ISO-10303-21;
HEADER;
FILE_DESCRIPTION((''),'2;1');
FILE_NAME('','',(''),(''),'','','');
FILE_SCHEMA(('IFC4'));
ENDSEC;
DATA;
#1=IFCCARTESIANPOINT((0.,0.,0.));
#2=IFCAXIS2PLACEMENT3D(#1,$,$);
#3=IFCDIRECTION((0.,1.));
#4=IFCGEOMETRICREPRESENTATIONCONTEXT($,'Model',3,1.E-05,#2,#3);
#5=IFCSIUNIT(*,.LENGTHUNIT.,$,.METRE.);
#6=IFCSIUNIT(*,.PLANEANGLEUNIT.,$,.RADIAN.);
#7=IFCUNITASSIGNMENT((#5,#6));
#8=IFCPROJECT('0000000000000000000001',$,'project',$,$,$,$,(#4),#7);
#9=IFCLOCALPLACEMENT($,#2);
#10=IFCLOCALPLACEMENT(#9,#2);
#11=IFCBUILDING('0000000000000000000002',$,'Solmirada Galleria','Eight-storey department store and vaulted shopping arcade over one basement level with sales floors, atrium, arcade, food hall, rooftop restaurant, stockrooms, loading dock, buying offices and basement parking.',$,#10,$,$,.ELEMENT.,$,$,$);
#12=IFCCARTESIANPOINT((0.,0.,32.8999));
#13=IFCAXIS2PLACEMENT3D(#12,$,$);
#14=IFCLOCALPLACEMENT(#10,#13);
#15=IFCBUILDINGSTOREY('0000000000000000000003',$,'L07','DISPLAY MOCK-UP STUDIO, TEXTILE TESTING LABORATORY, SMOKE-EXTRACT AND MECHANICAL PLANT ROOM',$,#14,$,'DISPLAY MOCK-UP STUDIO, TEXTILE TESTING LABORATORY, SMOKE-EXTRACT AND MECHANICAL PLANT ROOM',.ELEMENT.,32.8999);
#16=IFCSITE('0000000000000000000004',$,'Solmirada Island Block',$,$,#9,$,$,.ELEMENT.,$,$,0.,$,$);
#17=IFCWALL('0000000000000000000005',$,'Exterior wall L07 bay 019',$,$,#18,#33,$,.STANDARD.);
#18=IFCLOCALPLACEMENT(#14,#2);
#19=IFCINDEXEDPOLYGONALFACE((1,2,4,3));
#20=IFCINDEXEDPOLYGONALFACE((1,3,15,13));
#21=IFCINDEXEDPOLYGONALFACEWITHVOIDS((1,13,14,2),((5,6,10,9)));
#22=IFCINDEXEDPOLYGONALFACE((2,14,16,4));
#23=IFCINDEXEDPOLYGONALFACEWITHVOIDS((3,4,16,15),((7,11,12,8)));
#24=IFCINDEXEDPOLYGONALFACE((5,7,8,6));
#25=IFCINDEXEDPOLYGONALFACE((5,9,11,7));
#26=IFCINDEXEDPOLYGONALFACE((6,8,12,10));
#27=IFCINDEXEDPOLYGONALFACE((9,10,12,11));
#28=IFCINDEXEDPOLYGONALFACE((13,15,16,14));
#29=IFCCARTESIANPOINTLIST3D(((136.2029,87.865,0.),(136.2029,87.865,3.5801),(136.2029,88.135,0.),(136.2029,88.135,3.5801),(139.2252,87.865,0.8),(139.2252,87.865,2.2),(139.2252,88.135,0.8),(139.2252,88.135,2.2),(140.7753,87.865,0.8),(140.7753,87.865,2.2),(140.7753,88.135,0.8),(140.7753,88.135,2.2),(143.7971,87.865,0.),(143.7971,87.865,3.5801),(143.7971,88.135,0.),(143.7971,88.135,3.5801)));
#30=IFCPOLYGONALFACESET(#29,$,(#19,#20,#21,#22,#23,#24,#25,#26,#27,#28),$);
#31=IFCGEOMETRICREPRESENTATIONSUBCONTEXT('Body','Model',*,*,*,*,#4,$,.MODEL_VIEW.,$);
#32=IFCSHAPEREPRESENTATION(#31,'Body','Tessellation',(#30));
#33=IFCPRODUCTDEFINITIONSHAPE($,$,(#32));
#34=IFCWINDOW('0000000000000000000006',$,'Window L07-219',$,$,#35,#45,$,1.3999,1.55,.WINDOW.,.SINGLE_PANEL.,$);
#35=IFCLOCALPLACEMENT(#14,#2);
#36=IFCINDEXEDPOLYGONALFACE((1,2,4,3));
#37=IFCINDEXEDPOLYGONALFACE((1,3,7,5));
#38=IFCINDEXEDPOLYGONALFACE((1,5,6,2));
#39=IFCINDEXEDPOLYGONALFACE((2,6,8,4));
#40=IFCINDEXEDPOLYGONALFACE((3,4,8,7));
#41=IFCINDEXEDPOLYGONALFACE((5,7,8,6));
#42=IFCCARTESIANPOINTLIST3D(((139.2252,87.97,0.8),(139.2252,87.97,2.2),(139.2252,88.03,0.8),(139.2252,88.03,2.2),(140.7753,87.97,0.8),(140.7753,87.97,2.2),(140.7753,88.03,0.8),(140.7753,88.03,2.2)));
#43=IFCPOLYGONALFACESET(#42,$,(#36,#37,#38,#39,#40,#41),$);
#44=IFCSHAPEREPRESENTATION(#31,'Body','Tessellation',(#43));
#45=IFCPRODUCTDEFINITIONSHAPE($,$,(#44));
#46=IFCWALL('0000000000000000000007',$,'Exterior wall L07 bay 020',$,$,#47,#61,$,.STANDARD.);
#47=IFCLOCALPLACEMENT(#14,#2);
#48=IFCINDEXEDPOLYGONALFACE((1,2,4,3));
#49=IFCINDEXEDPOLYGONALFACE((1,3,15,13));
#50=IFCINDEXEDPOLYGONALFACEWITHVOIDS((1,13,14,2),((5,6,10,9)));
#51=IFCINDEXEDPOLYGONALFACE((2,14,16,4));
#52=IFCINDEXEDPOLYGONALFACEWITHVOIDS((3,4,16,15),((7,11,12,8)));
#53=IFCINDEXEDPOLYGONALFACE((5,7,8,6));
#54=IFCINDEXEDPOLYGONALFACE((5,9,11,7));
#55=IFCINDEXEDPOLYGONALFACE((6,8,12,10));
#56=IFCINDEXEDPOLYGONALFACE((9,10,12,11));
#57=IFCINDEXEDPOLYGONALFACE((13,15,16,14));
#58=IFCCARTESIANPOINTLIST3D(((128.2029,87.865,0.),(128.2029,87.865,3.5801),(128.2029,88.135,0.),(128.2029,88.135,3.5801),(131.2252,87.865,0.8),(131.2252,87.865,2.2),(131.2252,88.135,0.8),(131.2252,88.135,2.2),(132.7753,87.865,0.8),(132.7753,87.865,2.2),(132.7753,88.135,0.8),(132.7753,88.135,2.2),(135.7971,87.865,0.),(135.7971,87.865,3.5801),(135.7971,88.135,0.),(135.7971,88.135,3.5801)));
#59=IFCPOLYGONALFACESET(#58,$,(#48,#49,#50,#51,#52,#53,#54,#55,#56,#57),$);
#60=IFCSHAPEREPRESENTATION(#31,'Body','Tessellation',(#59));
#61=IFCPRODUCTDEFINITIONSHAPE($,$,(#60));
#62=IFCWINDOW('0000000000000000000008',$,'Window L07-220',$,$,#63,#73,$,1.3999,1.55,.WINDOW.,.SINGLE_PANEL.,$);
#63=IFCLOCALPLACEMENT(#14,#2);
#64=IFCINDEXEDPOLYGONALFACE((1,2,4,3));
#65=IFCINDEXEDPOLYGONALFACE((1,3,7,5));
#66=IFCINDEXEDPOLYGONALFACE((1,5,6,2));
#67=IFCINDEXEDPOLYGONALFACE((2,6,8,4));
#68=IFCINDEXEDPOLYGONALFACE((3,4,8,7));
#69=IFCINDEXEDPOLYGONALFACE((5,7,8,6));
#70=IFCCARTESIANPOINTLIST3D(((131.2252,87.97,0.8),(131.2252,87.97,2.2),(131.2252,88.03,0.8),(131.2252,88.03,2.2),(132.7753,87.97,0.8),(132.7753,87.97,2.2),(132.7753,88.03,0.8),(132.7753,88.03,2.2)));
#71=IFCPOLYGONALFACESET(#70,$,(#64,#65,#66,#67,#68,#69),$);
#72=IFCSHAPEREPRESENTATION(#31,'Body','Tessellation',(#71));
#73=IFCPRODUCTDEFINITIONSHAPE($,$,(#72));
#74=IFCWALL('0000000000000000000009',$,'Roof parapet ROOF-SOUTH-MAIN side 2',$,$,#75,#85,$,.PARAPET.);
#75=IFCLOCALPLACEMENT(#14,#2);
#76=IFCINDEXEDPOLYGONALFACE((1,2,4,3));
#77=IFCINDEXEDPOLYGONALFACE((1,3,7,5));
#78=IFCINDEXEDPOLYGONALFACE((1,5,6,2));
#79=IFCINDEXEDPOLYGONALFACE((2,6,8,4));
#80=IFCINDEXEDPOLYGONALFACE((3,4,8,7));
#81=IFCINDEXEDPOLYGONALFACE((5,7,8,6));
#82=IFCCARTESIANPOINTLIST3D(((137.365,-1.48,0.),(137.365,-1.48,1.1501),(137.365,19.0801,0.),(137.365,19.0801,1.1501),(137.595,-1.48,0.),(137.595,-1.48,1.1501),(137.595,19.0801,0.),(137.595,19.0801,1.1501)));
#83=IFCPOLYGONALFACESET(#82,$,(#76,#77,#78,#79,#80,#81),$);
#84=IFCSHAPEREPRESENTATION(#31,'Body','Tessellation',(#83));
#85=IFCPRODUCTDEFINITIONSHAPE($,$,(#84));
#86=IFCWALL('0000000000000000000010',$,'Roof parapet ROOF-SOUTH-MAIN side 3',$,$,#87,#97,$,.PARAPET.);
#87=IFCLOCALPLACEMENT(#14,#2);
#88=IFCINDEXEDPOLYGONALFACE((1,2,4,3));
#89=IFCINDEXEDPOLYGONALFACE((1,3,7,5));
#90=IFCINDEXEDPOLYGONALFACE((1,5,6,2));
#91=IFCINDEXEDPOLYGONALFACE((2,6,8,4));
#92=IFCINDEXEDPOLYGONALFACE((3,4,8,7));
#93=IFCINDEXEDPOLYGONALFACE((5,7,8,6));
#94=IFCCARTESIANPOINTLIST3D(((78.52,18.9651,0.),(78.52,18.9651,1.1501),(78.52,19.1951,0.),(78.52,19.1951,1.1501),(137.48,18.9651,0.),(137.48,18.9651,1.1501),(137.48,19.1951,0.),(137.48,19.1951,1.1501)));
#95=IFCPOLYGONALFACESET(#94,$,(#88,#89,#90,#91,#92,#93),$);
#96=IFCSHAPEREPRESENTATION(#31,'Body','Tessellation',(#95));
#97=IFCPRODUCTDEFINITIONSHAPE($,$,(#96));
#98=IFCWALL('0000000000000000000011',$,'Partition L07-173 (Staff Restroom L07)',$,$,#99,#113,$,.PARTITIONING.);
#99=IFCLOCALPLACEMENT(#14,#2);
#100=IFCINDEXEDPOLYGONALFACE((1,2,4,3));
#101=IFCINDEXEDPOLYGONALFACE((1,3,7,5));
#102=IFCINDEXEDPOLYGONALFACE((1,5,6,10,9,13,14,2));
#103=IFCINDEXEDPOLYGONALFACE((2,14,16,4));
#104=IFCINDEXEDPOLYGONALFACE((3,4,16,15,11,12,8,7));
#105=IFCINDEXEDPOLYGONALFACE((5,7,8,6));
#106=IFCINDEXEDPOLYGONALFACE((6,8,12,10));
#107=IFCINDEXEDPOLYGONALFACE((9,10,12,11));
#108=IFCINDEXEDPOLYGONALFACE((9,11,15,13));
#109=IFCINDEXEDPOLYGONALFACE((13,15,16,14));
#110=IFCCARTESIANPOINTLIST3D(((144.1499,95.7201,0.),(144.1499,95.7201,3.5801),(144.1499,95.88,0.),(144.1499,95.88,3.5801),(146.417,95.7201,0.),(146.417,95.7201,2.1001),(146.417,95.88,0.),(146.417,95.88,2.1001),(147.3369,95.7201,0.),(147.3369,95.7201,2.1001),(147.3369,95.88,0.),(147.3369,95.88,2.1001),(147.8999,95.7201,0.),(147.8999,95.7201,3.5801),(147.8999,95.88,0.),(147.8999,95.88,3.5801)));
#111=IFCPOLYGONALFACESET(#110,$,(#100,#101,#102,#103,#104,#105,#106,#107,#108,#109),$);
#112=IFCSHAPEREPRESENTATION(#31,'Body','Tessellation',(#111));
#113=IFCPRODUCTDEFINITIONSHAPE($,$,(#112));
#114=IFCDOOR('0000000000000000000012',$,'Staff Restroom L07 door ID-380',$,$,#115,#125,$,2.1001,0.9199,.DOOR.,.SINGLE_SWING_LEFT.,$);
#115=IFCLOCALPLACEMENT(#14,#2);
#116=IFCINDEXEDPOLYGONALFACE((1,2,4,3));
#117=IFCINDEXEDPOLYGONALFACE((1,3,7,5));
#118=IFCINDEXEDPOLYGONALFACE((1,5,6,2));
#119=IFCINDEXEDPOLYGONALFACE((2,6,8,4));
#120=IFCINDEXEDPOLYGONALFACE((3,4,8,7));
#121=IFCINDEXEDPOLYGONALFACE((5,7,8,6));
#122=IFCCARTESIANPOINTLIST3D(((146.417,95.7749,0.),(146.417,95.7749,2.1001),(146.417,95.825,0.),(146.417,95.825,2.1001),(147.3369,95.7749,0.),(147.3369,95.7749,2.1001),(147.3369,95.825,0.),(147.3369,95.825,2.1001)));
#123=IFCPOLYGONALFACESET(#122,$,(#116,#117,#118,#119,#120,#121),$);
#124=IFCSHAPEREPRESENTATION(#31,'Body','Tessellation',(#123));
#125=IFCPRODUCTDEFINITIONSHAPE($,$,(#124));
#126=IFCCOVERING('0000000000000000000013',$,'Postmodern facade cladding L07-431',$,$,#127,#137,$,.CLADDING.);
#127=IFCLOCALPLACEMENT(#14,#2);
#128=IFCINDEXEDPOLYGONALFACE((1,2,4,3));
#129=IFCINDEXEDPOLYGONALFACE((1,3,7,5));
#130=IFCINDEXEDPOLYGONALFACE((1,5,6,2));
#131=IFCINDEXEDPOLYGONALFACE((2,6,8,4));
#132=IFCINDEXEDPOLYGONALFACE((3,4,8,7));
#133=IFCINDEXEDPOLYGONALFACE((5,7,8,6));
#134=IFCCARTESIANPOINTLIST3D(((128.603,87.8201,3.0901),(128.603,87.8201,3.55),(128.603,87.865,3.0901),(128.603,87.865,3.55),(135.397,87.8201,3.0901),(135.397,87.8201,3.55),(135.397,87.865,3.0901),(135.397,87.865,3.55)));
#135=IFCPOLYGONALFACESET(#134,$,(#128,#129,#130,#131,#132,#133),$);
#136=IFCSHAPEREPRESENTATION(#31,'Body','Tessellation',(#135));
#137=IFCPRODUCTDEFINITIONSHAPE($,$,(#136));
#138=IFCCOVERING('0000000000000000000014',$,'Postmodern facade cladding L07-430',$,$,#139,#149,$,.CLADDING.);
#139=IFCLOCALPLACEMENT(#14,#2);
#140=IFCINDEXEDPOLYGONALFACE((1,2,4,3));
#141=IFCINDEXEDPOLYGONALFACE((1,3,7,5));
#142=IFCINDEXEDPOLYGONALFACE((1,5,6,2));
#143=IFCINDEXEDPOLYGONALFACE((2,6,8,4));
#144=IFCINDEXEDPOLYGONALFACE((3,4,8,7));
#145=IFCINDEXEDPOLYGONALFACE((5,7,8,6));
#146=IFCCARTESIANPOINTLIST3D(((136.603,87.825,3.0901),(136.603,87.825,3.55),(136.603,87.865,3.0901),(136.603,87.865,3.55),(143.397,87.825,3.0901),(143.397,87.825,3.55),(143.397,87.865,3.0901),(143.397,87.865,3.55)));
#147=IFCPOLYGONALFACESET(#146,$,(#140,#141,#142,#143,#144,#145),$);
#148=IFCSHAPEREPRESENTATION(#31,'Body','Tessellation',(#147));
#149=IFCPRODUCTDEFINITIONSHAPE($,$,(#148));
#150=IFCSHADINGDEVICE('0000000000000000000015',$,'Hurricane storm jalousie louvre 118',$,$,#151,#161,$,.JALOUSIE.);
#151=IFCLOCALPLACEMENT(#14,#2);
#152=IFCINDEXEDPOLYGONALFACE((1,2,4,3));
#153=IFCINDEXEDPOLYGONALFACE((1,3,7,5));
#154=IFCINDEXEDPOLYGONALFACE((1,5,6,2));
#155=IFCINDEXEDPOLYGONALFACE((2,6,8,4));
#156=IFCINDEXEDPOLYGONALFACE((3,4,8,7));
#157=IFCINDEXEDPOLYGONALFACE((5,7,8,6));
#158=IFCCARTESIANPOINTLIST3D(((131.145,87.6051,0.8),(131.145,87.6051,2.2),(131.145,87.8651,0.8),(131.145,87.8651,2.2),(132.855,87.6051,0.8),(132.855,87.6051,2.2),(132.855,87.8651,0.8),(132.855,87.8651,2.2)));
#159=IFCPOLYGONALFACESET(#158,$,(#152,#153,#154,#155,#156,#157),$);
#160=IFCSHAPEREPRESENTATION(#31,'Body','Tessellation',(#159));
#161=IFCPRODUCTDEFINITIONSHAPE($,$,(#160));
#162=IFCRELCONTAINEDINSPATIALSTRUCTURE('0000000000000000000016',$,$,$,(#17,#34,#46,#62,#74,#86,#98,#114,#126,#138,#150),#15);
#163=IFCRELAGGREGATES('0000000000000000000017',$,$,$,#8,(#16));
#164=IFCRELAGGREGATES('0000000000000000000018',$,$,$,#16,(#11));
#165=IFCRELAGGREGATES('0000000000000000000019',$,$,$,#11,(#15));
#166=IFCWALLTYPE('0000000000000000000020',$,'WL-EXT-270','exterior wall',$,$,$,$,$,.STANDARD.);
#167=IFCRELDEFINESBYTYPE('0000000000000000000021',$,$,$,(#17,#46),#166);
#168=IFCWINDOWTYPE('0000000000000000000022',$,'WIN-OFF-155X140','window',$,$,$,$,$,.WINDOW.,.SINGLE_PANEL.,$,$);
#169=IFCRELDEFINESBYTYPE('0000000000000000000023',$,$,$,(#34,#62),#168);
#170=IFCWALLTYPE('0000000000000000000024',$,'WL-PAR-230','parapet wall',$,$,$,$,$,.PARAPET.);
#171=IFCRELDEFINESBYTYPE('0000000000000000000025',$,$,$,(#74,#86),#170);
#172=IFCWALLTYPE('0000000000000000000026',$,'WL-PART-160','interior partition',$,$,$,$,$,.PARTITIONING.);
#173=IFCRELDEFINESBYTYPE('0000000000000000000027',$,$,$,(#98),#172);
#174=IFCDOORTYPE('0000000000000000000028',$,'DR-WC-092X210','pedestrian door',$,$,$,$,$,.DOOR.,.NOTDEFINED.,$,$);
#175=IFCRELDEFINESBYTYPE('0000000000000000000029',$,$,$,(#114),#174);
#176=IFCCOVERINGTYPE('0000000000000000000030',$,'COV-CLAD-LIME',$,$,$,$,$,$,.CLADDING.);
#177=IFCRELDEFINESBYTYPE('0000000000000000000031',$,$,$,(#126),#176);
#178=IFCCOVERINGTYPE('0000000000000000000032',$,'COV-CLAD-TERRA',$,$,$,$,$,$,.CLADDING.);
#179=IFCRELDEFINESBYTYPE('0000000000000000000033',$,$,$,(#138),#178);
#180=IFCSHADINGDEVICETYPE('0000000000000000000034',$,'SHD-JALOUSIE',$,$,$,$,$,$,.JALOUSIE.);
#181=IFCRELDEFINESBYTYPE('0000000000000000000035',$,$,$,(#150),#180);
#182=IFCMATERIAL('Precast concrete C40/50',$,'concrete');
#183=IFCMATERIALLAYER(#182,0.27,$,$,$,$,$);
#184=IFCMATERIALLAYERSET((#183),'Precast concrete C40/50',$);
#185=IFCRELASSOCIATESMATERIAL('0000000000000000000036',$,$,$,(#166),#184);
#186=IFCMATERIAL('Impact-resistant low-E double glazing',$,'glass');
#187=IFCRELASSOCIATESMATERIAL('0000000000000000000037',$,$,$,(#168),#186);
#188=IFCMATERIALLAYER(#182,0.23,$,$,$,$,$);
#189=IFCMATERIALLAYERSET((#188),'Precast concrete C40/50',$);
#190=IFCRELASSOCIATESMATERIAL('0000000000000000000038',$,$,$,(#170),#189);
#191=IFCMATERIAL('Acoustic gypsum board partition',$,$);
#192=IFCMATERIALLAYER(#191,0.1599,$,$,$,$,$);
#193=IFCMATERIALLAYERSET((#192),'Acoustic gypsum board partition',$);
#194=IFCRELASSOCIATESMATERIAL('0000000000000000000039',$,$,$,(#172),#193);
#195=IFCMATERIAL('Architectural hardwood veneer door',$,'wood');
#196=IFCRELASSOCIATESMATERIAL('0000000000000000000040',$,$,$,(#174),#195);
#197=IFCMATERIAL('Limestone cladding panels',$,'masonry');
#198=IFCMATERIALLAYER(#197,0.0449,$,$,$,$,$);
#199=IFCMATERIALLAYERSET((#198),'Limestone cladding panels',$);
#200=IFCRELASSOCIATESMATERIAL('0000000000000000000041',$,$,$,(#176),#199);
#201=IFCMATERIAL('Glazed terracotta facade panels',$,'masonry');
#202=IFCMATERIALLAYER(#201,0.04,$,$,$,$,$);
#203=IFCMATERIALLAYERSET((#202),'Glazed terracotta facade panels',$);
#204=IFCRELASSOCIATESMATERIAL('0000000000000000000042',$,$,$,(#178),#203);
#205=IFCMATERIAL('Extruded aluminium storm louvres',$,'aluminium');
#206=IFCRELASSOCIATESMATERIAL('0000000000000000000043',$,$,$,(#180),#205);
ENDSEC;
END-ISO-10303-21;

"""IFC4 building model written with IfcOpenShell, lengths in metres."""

from ifc_helpers import new_model, si_unit, direction, frame, frame_2d, origin, origin_2d, place, context, subcontext, project, spatial, rectangle, extrude, material, layer, layer_set, type_object, element, fill, save


model = new_model("IFC4")

# Units and contexts
model_context = context("Model", 3, precision=1e-05, world=origin(), true_north=direction((0.0, 1.0)))
body_context = subcontext(model_context, "Body", "Model", "MODEL_VIEW")
ifc_project = project(units=[si_unit("LENGTHUNIT", "METRE"), si_unit("PLANEANGLEUNIT", "RADIAN")], contexts=[model_context])

# Site, building, storey
site_placement = place(None, origin())
site = spatial("IfcSite", under=ifc_project, at=site_placement, Name="Solmirada Island Block", CompositionType="ELEMENT", RefElevation=0.0)
building_placement = place(site_placement, origin())
building = spatial("IfcBuilding", under=site, at=building_placement, Name="Solmirada Galleria", Description="Eight-storey department store and vaulted shopping arcade over one basement level with sales floors, atrium, arcade, food hall, rooftop restaurant, stockrooms, loading dock, buying offices and basement parking.", CompositionType="ELEMENT")
storey_placement = place(building_placement, frame((0.0, 0.0, 32.8999)))
storey = spatial("IfcBuildingStorey", under=building, at=storey_placement, Name="L07", Description="DISPLAY MOCK-UP STUDIO, TEXTILE TESTING LABORATORY, SMOKE-EXTRACT AND MECHANICAL PLANT ROOM", LongName="DISPLAY MOCK-UP STUDIO, TEXTILE TESTING LABORATORY, SMOKE-EXTRACT AND MECHANICAL PLANT ROOM", CompositionType="ELEMENT", Elevation=32.8999)

# Walls, openings, windows
ifc_material_1 = material(Name="Precast concrete C40/50", Category="concrete")
ifc_layer_1 = layer(ifc_material_1, 0.27)
ifc_layer_set_1 = layer_set([ifc_layer_1], Name="Precast concrete C40/50")
wall_type_1 = type_object("IfcWallType", Name="WL-EXT-270", Description="exterior wall", PredefinedType="STANDARD", material=ifc_layer_set_1)
wall_1_placement = place(storey_placement, frame((143.7971, 88.0, 0.0), z_axis=(0.0, 0.0, 1.0), x_axis=(-1.0, 0.0, 0.0)))
wall_1 = element("IfcWall", 1, at=wall_1_placement, inside=storey, type_object=wall_type_1, Name="Exterior wall L07 bay 019", PredefinedType="STANDARD", context=body_context, shape_type="SweptSolid", body=[
    extrude(rectangle(XDim=7.5942, YDim=0.27, at=frame_2d((3.7971, 0.0))), origin(), (0.0, 0.0, 1.0), 3.5801),
])
opening_1_placement = place(wall_1_placement, frame((3.022, 0.0, 0.8)))
opening_1 = element("IfcOpeningElement", 2, at=opening_1_placement, cuts=wall_1, PredefinedType="OPENING", context=body_context, shape_type="SweptSolid", body=[
    extrude(rectangle(XDim=1.55, YDim=1.3999, at=frame_2d((0.7749, 0.7))), frame((0.0, 0.145, 0.0), z_axis=(0.0, -1.0, 0.0), x_axis=(1.0, 0.0, 0.0)), (0.0, 0.0, 1.0), 0.29),
])
ifc_material_2 = material(Name="Impact-resistant low-E double glazing", Category="glass")
window_type = type_object("IfcWindowType", Name="WIN-OFF-155X140", Description="window", PartitioningType="SINGLE_PANEL", PredefinedType="WINDOW", material=ifc_material_2)
window_1_placement = place(opening_1_placement, origin())
window_1 = element("IfcWindow", 3, at=window_1_placement, inside=storey, type_object=window_type, Name="Window L07-219", OverallHeight=1.3999, OverallWidth=1.55, PartitioningType="SINGLE_PANEL", PredefinedType="WINDOW", context=body_context, shape_type="SweptSolid", body=[
    extrude(rectangle(XDim=1.55, YDim=1.3999, at=frame_2d((0.7749, 0.7))), frame((0.0, 0.03, 0.0), z_axis=(0.0, -1.0, 0.0), x_axis=(1.0, 0.0, 0.0)), (0.0, 0.0, 1.0), 0.0601),
])
fill(opening_1, window_1)
wall_2_placement = place(storey_placement, frame((135.7971, 88.0, 0.0), z_axis=(0.0, 0.0, 1.0), x_axis=(-1.0, 0.0, 0.0)))
wall_2 = element("IfcWall", 4, at=wall_2_placement, inside=storey, type_object=wall_type_1, Name="Exterior wall L07 bay 020", PredefinedType="STANDARD", context=body_context, shape_type="SweptSolid", body=[
    extrude(rectangle(XDim=7.5942, YDim=0.27, at=frame_2d((3.7971, 0.0))), origin(), (0.0, 0.0, 1.0), 3.5801),
])
opening_2_placement = place(wall_2_placement, frame((3.022, 0.0, 0.8)))
opening_2 = element("IfcOpeningElement", 5, at=opening_2_placement, cuts=wall_2, PredefinedType="OPENING", context=body_context, shape_type="SweptSolid", body=[
    extrude(rectangle(XDim=1.55, YDim=1.3999, at=frame_2d((0.7749, 0.7))), frame((0.0, 0.145, 0.0), z_axis=(0.0, -1.0, 0.0), x_axis=(1.0, 0.0, 0.0)), (0.0, 0.0, 1.0), 0.29),
])
window_2_placement = place(opening_2_placement, origin())
window_2 = element("IfcWindow", 6, at=window_2_placement, inside=storey, type_object=window_type, Name="Window L07-220", OverallHeight=1.3999, OverallWidth=1.55, PartitioningType="SINGLE_PANEL", PredefinedType="WINDOW", context=body_context, shape_type="SweptSolid", body=[
    extrude(rectangle(XDim=1.55, YDim=1.3999, at=frame_2d((0.7749, 0.7))), frame((0.0, 0.03, 0.0), z_axis=(0.0, -1.0, 0.0), x_axis=(1.0, 0.0, 0.0)), (0.0, 0.0, 1.0), 0.0601),
])
fill(opening_2, window_2)

# Walls
ifc_layer_2 = layer(ifc_material_1, 0.23)
ifc_layer_set_2 = layer_set([ifc_layer_2], Name="Precast concrete C40/50")
wall_type_2 = type_object("IfcWallType", Name="WL-PAR-230", Description="parapet wall", PredefinedType="PARAPET", material=ifc_layer_set_2)
wall_3_placement = place(storey_placement, frame((137.48, -1.48, 0.0), z_axis=(0.0, 0.0, 1.0), x_axis=(0.0, 1.0, 0.0)))
element("IfcWall", 7, at=wall_3_placement, inside=storey, type_object=wall_type_2, Name="Roof parapet ROOF-SOUTH-MAIN side 2", PredefinedType="PARAPET", context=body_context, shape_type="SweptSolid", body=[
    extrude(rectangle(XDim=20.5601, YDim=0.23, at=frame_2d((10.28, 0.0))), origin(), (0.0, 0.0, 1.0), 1.1501),
])
wall_4_placement = place(storey_placement, frame((137.48, 19.0801, 0.0), z_axis=(0.0, 0.0, 1.0), x_axis=(-1.0, 0.0, 0.0)))
element("IfcWall", 8, at=wall_4_placement, inside=storey, type_object=wall_type_2, Name="Roof parapet ROOF-SOUTH-MAIN side 3", PredefinedType="PARAPET", context=body_context, shape_type="SweptSolid", body=[
    extrude(rectangle(XDim=58.96, YDim=0.23, at=frame_2d((29.48, 0.0))), origin(), (0.0, 0.0, 1.0), 1.1501),
])

# Wall, opening, door
ifc_material_3 = material(Name="Acoustic gypsum board partition")
ifc_layer_3 = layer(ifc_material_3, 0.1599)
ifc_layer_set_3 = layer_set([ifc_layer_3], Name="Acoustic gypsum board partition")
wall_type_3 = type_object("IfcWallType", Name="WL-PART-160", Description="interior partition", PredefinedType="PARTITIONING", material=ifc_layer_set_3)
wall_5_placement = place(storey_placement, frame((144.1499, 95.8, 0.0), z_axis=(0.0, 0.0, 1.0), x_axis=(1.0, 0.0, 0.0)))
wall_5 = element("IfcWall", 9, at=wall_5_placement, inside=storey, type_object=wall_type_3, Name="Partition L07-173 (Staff Restroom L07)", PredefinedType="PARTITIONING", context=body_context, shape_type="SweptSolid", body=[
    extrude(rectangle(XDim=3.75, YDim=0.1599, at=frame_2d((1.875, 0.0))), origin(), (0.0, 0.0, 1.0), 3.5801),
])
opening_3_placement = place(wall_5_placement, frame((2.2671, 0.0, 0.0)))
opening_3 = element("IfcOpeningElement", 10, at=opening_3_placement, cuts=wall_5, PredefinedType="OPENING", context=body_context, shape_type="SweptSolid", body=[
    extrude(rectangle(XDim=0.9199, YDim=2.1001, at=frame_2d((0.46, 1.05))), frame((0.0, 0.0898, 0.0), z_axis=(0.0, -1.0, 0.0), x_axis=(1.0, 0.0, 0.0)), (0.0, 0.0, 1.0), 0.1799),
])
ifc_material_4 = material(Name="Architectural hardwood veneer door", Category="wood")
door_type_1 = type_object("IfcDoorType", Name="DR-WC-092X210", Description="pedestrian door", OperationType="NOTDEFINED", PredefinedType="DOOR", material=ifc_material_4)
door_1_placement = place(opening_3_placement, origin())
door_1 = element("IfcDoor", 11, at=door_1_placement, inside=storey, type_object=door_type_1, Name="Staff Restroom L07 door ID-380", OperationType="SINGLE_SWING_LEFT", OverallHeight=2.1001, OverallWidth=0.9199, PredefinedType="DOOR", context=body_context, shape_type="SweptSolid", body=[
    extrude(rectangle(XDim=0.9199, YDim=2.1001, at=frame_2d((0.46, 1.05))), frame((0.0, 0.0249, 0.0), z_axis=(0.0, -1.0, 0.0), x_axis=(1.0, 0.0, 0.0)), (0.0, 0.0, 1.0), 0.05),
])
fill(opening_3, door_1)

# Coverings
ifc_material_5 = material(Name="Limestone cladding panels", Category="masonry")
ifc_layer_4 = layer(ifc_material_5, 0.0449)
ifc_layer_set_4 = layer_set([ifc_layer_4], Name="Limestone cladding panels")
covering_type_1 = type_object("IfcCoveringType", Name="COV-CLAD-LIME", PredefinedType="CLADDING", material=ifc_layer_set_4)
covering_1_placement = place(storey_placement, frame((132.0, 87.8425, 3.0901), z_axis=(0.0, 0.0, 1.0), x_axis=(-1.0, 0.0, 0.0)))
element("IfcCovering", 12, at=covering_1_placement, inside=storey, type_object=covering_type_1, Name="Postmodern facade cladding L07-431", PredefinedType="CLADDING", context=body_context, shape_type="SweptSolid", body=[
    extrude(rectangle(XDim=6.7939, YDim=0.0449, at=origin_2d()), origin(), (0.0, 0.0, 1.0), 0.46),
])
ifc_material_6 = material(Name="Glazed terracotta facade panels", Category="masonry")
ifc_layer_5 = layer(ifc_material_6, 0.04)
ifc_layer_set_5 = layer_set([ifc_layer_5], Name="Glazed terracotta facade panels")
covering_type_2 = type_object("IfcCoveringType", Name="COV-CLAD-TERRA", PredefinedType="CLADDING", material=ifc_layer_set_5)
covering_2_placement = place(storey_placement, frame((140.0, 87.845, 3.0901), z_axis=(0.0, 0.0, 1.0), x_axis=(-1.0, 0.0, 0.0)))
element("IfcCovering", 13, at=covering_2_placement, inside=storey, type_object=covering_type_2, Name="Postmodern facade cladding L07-430", PredefinedType="CLADDING", context=body_context, shape_type="SweptSolid", body=[
    extrude(rectangle(XDim=6.7939, YDim=0.04, at=origin_2d()), origin(), (0.0, 0.0, 1.0), 0.46),
])

# Shading device
ifc_material_7 = material(Name="Extruded aluminium storm louvres", Category="aluminium")
shading_device_type = type_object("IfcShadingDeviceType", Name="SHD-JALOUSIE", PredefinedType="JALOUSIE", material=ifc_material_7)
shading_device_placement = place(storey_placement, frame((132.0, 87.7351, 0.8), z_axis=(0.0, 0.0, 1.0), x_axis=(-1.0, 0.0, 0.0)))
element("IfcShadingDevice", 14, at=shading_device_placement, inside=storey, type_object=shading_device_type, Name="Hurricane storm jalousie louvre 118", PredefinedType="JALOUSIE", context=body_context, shape_type="SweptSolid", body=[
    extrude(rectangle(XDim=1.71, YDim=0.26, at=origin_2d()), origin(), (0.0, 0.0, 1.0), 1.3999),
])

save(model, "model.ifc")
